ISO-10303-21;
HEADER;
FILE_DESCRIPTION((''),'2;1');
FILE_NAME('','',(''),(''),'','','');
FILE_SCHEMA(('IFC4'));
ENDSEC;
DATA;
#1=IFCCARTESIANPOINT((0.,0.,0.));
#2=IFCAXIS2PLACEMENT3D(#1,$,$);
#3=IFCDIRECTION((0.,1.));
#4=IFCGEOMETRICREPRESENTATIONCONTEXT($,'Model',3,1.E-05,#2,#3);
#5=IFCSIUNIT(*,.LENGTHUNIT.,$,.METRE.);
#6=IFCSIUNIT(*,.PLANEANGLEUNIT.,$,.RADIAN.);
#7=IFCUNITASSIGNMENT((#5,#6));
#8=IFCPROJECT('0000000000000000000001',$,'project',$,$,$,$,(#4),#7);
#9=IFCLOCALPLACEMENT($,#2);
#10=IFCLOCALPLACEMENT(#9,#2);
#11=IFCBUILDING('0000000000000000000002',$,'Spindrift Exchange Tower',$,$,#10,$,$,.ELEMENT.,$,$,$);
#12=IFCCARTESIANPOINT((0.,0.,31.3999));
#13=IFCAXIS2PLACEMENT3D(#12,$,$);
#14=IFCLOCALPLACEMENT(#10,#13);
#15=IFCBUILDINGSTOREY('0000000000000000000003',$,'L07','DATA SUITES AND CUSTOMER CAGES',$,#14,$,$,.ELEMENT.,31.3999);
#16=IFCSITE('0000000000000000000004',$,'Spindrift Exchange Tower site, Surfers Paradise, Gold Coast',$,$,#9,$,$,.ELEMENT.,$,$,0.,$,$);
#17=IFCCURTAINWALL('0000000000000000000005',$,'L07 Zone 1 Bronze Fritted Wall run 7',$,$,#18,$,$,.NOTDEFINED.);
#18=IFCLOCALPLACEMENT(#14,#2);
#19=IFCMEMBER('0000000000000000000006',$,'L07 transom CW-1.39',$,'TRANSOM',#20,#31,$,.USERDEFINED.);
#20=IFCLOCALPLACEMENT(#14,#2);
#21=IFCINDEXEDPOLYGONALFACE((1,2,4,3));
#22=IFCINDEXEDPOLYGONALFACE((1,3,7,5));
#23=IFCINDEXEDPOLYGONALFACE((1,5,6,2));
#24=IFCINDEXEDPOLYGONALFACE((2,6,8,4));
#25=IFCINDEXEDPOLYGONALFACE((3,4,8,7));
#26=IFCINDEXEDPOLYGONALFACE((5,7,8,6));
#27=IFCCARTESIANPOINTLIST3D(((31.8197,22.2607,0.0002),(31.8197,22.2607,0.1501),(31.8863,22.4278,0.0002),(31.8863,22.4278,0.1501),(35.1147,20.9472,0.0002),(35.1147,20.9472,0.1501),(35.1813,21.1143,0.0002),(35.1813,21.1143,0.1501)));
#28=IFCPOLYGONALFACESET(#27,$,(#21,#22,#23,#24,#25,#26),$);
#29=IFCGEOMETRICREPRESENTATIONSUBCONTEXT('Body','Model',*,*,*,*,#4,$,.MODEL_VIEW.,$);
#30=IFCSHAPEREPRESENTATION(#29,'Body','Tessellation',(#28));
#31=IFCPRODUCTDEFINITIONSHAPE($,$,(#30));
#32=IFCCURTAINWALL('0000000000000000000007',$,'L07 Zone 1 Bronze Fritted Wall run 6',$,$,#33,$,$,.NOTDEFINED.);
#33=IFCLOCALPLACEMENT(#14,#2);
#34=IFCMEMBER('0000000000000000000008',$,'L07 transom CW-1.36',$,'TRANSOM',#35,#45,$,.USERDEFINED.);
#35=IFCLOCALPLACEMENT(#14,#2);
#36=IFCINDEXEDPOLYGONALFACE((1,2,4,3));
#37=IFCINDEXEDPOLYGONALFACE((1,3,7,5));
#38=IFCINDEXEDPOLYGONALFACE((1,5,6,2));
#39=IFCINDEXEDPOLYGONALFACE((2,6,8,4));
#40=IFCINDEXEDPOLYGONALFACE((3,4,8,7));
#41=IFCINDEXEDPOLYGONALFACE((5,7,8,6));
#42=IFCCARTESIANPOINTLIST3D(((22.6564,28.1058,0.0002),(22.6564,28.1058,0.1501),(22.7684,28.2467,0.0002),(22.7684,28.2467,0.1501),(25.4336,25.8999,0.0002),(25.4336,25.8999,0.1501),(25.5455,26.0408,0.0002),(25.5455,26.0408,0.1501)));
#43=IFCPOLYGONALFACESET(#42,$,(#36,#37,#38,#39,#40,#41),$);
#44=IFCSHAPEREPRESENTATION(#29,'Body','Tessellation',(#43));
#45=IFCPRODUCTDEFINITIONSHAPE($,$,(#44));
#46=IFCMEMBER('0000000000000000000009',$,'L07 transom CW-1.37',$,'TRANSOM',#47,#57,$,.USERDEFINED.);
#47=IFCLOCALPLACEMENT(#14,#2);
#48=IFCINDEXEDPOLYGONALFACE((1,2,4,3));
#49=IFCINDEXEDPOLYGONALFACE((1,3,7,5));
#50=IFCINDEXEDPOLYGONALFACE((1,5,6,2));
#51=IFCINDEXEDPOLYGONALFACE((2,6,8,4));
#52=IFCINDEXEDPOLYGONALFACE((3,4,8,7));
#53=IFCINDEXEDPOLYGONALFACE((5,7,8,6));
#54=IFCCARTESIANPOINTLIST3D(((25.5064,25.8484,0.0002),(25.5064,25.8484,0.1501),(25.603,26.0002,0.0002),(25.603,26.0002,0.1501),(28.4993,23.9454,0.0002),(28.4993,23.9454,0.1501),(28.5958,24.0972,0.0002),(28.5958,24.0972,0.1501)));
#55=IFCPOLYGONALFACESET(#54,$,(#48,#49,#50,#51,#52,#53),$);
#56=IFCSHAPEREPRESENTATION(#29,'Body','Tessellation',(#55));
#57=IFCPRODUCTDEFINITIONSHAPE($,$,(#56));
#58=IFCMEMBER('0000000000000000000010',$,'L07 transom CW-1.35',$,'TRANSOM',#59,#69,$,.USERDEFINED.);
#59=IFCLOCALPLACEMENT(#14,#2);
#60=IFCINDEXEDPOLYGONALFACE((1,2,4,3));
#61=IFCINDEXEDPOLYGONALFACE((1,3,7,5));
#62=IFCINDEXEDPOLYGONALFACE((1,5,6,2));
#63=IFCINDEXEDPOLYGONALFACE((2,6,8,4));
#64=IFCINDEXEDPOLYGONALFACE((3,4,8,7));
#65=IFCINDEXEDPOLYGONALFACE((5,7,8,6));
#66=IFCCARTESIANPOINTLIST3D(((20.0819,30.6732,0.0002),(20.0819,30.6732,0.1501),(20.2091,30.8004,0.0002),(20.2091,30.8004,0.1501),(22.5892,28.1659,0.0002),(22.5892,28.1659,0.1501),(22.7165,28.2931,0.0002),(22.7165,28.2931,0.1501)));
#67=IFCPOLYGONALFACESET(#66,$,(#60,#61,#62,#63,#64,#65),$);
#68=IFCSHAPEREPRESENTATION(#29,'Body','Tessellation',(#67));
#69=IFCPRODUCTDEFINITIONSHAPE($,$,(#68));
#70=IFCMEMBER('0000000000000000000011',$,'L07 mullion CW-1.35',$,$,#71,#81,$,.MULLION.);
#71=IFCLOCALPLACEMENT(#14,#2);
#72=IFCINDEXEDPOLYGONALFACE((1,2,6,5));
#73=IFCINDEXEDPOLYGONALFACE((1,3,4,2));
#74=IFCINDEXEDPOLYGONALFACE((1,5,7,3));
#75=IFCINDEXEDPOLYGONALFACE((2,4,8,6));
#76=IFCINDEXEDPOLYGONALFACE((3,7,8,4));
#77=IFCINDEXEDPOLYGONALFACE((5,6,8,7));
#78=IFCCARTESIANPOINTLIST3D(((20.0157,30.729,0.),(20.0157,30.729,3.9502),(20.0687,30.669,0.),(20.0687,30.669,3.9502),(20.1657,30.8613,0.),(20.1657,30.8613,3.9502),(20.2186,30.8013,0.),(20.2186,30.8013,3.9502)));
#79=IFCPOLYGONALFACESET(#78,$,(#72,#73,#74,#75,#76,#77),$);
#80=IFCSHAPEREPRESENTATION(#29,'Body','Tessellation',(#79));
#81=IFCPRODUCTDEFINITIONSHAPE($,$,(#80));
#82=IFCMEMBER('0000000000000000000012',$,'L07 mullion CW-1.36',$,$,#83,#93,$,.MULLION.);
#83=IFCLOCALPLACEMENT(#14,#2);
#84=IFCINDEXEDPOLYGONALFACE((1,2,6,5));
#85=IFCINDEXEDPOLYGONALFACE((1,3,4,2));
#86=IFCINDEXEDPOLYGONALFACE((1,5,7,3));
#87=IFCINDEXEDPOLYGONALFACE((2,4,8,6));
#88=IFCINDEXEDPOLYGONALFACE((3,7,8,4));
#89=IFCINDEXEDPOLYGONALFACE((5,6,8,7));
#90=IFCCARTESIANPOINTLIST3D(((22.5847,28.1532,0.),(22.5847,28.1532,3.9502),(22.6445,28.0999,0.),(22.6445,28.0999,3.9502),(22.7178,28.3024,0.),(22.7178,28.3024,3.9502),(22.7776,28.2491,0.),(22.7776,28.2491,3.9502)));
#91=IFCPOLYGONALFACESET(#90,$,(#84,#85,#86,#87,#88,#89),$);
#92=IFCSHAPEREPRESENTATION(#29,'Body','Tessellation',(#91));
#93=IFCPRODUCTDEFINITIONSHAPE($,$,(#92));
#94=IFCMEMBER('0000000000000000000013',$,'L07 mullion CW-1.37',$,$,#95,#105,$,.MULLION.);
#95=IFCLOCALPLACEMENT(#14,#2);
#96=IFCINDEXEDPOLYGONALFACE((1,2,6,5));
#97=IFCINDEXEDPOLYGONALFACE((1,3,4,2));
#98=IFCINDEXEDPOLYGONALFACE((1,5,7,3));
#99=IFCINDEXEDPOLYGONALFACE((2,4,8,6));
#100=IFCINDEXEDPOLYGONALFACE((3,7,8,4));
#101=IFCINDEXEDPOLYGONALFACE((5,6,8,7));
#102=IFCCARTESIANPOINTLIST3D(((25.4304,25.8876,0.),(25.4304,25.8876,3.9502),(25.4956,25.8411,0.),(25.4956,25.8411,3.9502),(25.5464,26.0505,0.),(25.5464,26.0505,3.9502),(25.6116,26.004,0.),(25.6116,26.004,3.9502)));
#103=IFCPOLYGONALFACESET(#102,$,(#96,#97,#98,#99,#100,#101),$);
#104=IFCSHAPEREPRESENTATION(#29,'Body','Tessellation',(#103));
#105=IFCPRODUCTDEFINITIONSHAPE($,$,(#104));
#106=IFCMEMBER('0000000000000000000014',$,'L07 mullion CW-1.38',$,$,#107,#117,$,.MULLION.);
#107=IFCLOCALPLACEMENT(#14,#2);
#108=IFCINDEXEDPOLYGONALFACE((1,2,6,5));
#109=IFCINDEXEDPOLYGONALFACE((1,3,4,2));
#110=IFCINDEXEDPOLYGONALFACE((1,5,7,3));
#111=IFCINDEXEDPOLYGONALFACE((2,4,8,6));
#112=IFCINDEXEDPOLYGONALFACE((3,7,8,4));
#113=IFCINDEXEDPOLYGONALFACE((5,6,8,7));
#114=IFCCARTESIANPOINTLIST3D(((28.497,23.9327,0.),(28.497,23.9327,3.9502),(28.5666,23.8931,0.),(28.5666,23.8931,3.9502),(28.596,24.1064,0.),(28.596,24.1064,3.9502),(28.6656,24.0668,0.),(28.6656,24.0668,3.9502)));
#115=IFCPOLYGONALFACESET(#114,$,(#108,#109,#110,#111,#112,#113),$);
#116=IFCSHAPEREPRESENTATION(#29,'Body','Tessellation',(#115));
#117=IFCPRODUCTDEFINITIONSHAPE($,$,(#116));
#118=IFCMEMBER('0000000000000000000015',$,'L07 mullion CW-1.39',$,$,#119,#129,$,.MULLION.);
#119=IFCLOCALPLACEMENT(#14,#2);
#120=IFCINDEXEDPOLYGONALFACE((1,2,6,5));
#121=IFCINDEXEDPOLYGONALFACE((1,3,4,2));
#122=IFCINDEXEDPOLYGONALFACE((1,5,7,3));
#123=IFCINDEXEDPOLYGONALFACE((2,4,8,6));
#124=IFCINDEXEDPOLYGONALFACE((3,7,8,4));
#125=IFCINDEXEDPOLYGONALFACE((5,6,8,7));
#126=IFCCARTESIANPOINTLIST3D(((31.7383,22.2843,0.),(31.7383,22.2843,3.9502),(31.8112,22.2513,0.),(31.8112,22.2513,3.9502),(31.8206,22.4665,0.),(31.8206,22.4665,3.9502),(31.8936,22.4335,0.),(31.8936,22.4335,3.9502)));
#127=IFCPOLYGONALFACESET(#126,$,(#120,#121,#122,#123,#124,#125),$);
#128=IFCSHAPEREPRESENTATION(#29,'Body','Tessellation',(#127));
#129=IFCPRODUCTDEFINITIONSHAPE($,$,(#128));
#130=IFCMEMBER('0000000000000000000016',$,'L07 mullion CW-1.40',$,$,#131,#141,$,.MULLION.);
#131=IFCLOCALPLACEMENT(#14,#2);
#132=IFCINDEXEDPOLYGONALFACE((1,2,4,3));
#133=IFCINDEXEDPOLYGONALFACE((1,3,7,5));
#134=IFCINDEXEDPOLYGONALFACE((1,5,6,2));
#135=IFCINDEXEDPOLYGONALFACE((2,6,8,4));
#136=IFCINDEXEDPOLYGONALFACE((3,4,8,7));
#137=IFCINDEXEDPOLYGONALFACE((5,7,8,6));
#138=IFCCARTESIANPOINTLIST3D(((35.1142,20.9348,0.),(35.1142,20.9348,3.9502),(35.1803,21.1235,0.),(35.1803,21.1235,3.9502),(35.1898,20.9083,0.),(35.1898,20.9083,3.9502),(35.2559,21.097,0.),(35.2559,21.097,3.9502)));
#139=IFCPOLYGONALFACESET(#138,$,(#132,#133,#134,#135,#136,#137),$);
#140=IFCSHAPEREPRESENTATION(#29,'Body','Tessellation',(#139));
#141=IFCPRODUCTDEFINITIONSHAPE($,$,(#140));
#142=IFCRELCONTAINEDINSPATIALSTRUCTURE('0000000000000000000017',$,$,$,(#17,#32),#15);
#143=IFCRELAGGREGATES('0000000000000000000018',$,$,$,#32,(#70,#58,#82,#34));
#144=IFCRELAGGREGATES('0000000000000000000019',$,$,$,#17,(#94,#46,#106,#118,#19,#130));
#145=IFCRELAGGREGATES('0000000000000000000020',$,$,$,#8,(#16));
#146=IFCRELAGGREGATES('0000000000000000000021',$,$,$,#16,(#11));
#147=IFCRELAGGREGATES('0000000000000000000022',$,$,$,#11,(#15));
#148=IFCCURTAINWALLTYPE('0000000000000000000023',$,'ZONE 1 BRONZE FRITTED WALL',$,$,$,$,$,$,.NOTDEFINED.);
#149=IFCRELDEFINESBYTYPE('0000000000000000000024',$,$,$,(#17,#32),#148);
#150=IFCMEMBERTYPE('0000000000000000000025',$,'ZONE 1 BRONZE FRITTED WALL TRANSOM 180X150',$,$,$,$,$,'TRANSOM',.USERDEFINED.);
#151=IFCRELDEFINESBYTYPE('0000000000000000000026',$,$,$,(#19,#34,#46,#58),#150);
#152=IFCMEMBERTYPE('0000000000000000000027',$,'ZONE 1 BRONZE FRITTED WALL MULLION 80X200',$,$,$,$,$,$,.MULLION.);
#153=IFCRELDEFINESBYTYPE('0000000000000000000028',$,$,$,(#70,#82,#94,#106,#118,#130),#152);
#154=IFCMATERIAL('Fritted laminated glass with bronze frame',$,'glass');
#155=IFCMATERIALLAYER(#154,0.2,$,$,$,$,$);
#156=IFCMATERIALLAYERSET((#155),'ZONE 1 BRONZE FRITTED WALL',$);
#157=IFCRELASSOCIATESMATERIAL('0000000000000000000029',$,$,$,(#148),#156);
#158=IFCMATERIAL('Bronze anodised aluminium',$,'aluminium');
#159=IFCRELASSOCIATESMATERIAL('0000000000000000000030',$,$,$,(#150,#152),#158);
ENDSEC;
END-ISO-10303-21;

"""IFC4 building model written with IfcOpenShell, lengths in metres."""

from ifc_helpers import new_model, si_unit, direction, frame, origin, origin_2d, place, context, subcontext, project, spatial, rectangle, extrude, source, transform, mapped, material, layer, layer_set, material_profile, profile_set, type_object, element, aggregate, save


model = new_model("IFC4")

# Units and contexts
model_context = context("Model", 3, precision=1e-05, world=origin(), true_north=direction((0.0, 1.0)))
body_context = subcontext(model_context, "Body", "Model", "MODEL_VIEW")
ifc_project = project(units=[si_unit("LENGTHUNIT", "METRE"), si_unit("PLANEANGLEUNIT", "RADIAN")], contexts=[model_context])

# Site, building, storey
site_placement = place(None, origin())
site = spatial("IfcSite", under=ifc_project, at=site_placement, Name="Spindrift Exchange Tower site, Surfers Paradise, Gold Coast", CompositionType="ELEMENT", RefElevation=0.0)
building_placement = place(site_placement, origin())
building = spatial("IfcBuilding", under=site, at=building_placement, Name="Spindrift Exchange Tower", CompositionType="ELEMENT")
storey_placement = place(building_placement, frame((0.0, 0.0, 31.3999)))
storey = spatial("IfcBuildingStorey", under=building, at=storey_placement, Name="L07", Description="DATA SUITES AND CUSTOMER CAGES", CompositionType="ELEMENT", Elevation=31.3999)

# Curtain wall, member
ifc_material_1 = material(Name="Fritted laminated glass with bronze frame", Category="glass")
ifc_layer_1 = layer(ifc_material_1, 0.2)
ifc_layer_set_1 = layer_set([ifc_layer_1], Name="ZONE 1 BRONZE FRITTED WALL")
curtain_wall_type = type_object("IfcCurtainWallType", Name="ZONE 1 BRONZE FRITTED WALL", PredefinedType="NOTDEFINED", material=ifc_layer_set_1)
curtain_wall_1_placement = place(storey_placement, origin())
curtain_wall_1 = element("IfcCurtainWall", 1, at=curtain_wall_1_placement, inside=storey, type_object=curtain_wall_type, Name="L07 Zone 1 Bronze Fritted Wall run 7", PredefinedType="NOTDEFINED")
ifc_material_2 = material(Name="Bronze anodised aluminium", Category="aluminium")
ifc_material_profile_1 = material_profile(ifc_material_2, rectangle(XDim=0.1799, YDim=0.1499, at=origin_2d()), Name="ZONE 1 BRONZE FRITTED WALL TRANSOM 180X150")
ifc_profile_set_1 = profile_set([ifc_material_profile_1], Name="Bronze anodised aluminium")
member_type_1 = type_object("IfcMemberType", Name="ZONE 1 BRONZE FRITTED WALL TRANSOM 180X150", ElementType="TRANSOM", PredefinedType="USERDEFINED", material=ifc_profile_set_1)
shared_shape_1 = source(origin(), body_context, "Body", "SweptSolid", [
    extrude(rectangle(XDim=0.1799, YDim=0.1499, at=origin_2d()), origin(), (0.0, 0.0, 1.0), 3.5471),
])
member_1_placement = place(storey_placement, frame((31.853, 22.3442, 0.0752), z_axis=(0.928913, -0.370299, 0.0), x_axis=(0.370299, 0.928913, 0.0)))
member_1 = element("IfcMember", 2, at=member_1_placement, type_object=member_type_1, Name="L07 transom CW-1.39", ObjectType="TRANSOM", PredefinedType="USERDEFINED", context=body_context, shape_type="MappedRepresentation", body=[
    mapped(shared_shape_1, transform((0.0, 0.0, 0.0), scale=1.0)),
])

# Curtain wall, member
curtain_wall_2_placement = place(storey_placement, origin())
curtain_wall_2 = element("IfcCurtainWall", 3, at=curtain_wall_2_placement, inside=storey, type_object=curtain_wall_type, Name="L07 Zone 1 Bronze Fritted Wall run 6", PredefinedType="NOTDEFINED")
shared_shape_2 = source(origin(), body_context, "Body", "SweptSolid", [
    extrude(rectangle(XDim=0.1799, YDim=0.1499, at=origin_2d()), origin(), (0.0, 0.0, 1.0), 3.5466),
])
member_2_placement = place(storey_placement, frame((22.7124, 28.1763, 0.0752), z_axis=(0.783047, -0.621963, 0.0), x_axis=(0.621963, 0.783047, 0.0)))
member_2 = element("IfcMember", 4, at=member_2_placement, type_object=member_type_1, Name="L07 transom CW-1.36", ObjectType="TRANSOM", PredefinedType="USERDEFINED", context=body_context, shape_type="MappedRepresentation", body=[
    mapped(shared_shape_2, transform((0.0, 0.0, 0.0), scale=1.0)),
])

# Members
member_3_placement = place(storey_placement, frame((25.5547, 25.9243, 0.0752), z_axis=(0.843854, -0.536573, 0.0), x_axis=(0.536573, 0.843854, 0.0)))
member_3 = element("IfcMember", 5, at=member_3_placement, type_object=member_type_1, Name="L07 transom CW-1.37", ObjectType="TRANSOM", PredefinedType="USERDEFINED", context=body_context, shape_type="MappedRepresentation", body=[
    mapped(shared_shape_2, transform((0.0, 0.0, 0.0), scale=1.0)),
])
shared_shape_3 = source(origin(), body_context, "Body", "SweptSolid", [
    extrude(rectangle(XDim=0.1799, YDim=0.1499, at=origin_2d()), origin(), (0.0, 0.0, 1.0), 3.5459),
])
member_4_placement = place(storey_placement, frame((20.1455, 30.7368, 0.0752), z_axis=(0.707107, -0.707107, 0.0), x_axis=(0.707107, 0.707107, 0.0)))
member_4 = element("IfcMember", 6, at=member_4_placement, type_object=member_type_1, Name="L07 transom CW-1.35", ObjectType="TRANSOM", PredefinedType="USERDEFINED", context=body_context, shape_type="MappedRepresentation", body=[
    mapped(shared_shape_3, transform((0.0, 0.0, 0.0), scale=1.0)),
])
ifc_material_profile_2 = material_profile(ifc_material_2, rectangle(XDim=0.0801, YDim=0.2, at=origin_2d()), Name="ZONE 1 BRONZE FRITTED WALL MULLION 80X200")
ifc_profile_set_2 = profile_set([ifc_material_profile_2], Name="Bronze anodised aluminium")
member_type_2 = type_object("IfcMemberType", Name="ZONE 1 BRONZE FRITTED WALL MULLION 80X200", PredefinedType="MULLION", material=ifc_profile_set_2)
shared_shape_4 = source(origin(), body_context, "Body", "SweptSolid", [
    extrude(rectangle(XDim=0.0801, YDim=0.2, at=origin_2d()), origin(), (0.0, 0.0, 1.0), 3.9502),
])
member_5_placement = place(storey_placement, frame((20.1172, 30.7651, 0.0), z_axis=(0.0, 0.0, 1.0), x_axis=(0.661639, -0.749822, 0.0)))
member_5 = element("IfcMember", 7, at=member_5_placement, type_object=member_type_2, Name="L07 mullion CW-1.35", PredefinedType="MULLION", context=body_context, shape_type="MappedRepresentation", body=[
    mapped(shared_shape_4, transform((0.0, 0.0, 0.0), scale=1.0)),
])
member_6_placement = place(storey_placement, frame((22.6812, 28.2012, 0.0), z_axis=(0.0, 0.0, 1.0), x_axis=(0.746289, -0.665623, 0.0)))
member_6 = element("IfcMember", 8, at=member_6_placement, type_object=member_type_2, Name="L07 mullion CW-1.36", PredefinedType="MULLION", context=body_context, shape_type="MappedRepresentation", body=[
    mapped(shared_shape_4, transform((0.0, 0.0, 0.0), scale=1.0)),
])
member_7_placement = place(storey_placement, frame((25.521, 25.9458, 0.0), z_axis=(0.0, 0.0, 1.0), x_axis=(0.814588, -0.580039, 0.0)))
member_7 = element("IfcMember", 9, at=member_7_placement, type_object=member_type_2, Name="L07 mullion CW-1.37", PredefinedType="MULLION", context=body_context, shape_type="MappedRepresentation", body=[
    mapped(shared_shape_4, transform((0.0, 0.0, 0.0), scale=1.0)),
])
member_8_placement = place(storey_placement, frame((28.5813, 23.9998, 0.0), z_axis=(0.0, 0.0, 1.0), x_axis=(0.868863, -0.495053, 0.0)))
member_8 = element("IfcMember", 10, at=member_8_placement, type_object=member_type_2, Name="L07 mullion CW-1.38", PredefinedType="MULLION", context=body_context, shape_type="MappedRepresentation", body=[
    mapped(shared_shape_4, transform((0.0, 0.0, 0.0), scale=1.0)),
])
member_9_placement = place(storey_placement, frame((31.8159, 22.3589, 0.0), z_axis=(0.0, 0.0, 1.0), x_axis=(0.911288, -0.411769, 0.0)))
member_9 = element("IfcMember", 11, at=member_9_placement, type_object=member_type_2, Name="L07 mullion CW-1.39", PredefinedType="MULLION", context=body_context, shape_type="MappedRepresentation", body=[
    mapped(shared_shape_4, transform((0.0, 0.0, 0.0), scale=1.0)),
])
member_10_placement = place(storey_placement, frame((35.1851, 21.0159, 0.0), z_axis=(0.0, 0.0, 1.0), x_axis=(0.943762, -0.330626, 0.0)))
member_10 = element("IfcMember", 12, at=member_10_placement, type_object=member_type_2, Name="L07 mullion CW-1.40", PredefinedType="MULLION", context=body_context, shape_type="MappedRepresentation", body=[
    mapped(shared_shape_4, transform((0.0, 0.0, 0.0), scale=1.0)),
])

aggregate(curtain_wall_2, [member_5, member_4, member_6, member_2])
aggregate(curtain_wall_1, [member_7, member_3, member_8, member_9, member_1, member_10])

save(model, "model.ifc")
